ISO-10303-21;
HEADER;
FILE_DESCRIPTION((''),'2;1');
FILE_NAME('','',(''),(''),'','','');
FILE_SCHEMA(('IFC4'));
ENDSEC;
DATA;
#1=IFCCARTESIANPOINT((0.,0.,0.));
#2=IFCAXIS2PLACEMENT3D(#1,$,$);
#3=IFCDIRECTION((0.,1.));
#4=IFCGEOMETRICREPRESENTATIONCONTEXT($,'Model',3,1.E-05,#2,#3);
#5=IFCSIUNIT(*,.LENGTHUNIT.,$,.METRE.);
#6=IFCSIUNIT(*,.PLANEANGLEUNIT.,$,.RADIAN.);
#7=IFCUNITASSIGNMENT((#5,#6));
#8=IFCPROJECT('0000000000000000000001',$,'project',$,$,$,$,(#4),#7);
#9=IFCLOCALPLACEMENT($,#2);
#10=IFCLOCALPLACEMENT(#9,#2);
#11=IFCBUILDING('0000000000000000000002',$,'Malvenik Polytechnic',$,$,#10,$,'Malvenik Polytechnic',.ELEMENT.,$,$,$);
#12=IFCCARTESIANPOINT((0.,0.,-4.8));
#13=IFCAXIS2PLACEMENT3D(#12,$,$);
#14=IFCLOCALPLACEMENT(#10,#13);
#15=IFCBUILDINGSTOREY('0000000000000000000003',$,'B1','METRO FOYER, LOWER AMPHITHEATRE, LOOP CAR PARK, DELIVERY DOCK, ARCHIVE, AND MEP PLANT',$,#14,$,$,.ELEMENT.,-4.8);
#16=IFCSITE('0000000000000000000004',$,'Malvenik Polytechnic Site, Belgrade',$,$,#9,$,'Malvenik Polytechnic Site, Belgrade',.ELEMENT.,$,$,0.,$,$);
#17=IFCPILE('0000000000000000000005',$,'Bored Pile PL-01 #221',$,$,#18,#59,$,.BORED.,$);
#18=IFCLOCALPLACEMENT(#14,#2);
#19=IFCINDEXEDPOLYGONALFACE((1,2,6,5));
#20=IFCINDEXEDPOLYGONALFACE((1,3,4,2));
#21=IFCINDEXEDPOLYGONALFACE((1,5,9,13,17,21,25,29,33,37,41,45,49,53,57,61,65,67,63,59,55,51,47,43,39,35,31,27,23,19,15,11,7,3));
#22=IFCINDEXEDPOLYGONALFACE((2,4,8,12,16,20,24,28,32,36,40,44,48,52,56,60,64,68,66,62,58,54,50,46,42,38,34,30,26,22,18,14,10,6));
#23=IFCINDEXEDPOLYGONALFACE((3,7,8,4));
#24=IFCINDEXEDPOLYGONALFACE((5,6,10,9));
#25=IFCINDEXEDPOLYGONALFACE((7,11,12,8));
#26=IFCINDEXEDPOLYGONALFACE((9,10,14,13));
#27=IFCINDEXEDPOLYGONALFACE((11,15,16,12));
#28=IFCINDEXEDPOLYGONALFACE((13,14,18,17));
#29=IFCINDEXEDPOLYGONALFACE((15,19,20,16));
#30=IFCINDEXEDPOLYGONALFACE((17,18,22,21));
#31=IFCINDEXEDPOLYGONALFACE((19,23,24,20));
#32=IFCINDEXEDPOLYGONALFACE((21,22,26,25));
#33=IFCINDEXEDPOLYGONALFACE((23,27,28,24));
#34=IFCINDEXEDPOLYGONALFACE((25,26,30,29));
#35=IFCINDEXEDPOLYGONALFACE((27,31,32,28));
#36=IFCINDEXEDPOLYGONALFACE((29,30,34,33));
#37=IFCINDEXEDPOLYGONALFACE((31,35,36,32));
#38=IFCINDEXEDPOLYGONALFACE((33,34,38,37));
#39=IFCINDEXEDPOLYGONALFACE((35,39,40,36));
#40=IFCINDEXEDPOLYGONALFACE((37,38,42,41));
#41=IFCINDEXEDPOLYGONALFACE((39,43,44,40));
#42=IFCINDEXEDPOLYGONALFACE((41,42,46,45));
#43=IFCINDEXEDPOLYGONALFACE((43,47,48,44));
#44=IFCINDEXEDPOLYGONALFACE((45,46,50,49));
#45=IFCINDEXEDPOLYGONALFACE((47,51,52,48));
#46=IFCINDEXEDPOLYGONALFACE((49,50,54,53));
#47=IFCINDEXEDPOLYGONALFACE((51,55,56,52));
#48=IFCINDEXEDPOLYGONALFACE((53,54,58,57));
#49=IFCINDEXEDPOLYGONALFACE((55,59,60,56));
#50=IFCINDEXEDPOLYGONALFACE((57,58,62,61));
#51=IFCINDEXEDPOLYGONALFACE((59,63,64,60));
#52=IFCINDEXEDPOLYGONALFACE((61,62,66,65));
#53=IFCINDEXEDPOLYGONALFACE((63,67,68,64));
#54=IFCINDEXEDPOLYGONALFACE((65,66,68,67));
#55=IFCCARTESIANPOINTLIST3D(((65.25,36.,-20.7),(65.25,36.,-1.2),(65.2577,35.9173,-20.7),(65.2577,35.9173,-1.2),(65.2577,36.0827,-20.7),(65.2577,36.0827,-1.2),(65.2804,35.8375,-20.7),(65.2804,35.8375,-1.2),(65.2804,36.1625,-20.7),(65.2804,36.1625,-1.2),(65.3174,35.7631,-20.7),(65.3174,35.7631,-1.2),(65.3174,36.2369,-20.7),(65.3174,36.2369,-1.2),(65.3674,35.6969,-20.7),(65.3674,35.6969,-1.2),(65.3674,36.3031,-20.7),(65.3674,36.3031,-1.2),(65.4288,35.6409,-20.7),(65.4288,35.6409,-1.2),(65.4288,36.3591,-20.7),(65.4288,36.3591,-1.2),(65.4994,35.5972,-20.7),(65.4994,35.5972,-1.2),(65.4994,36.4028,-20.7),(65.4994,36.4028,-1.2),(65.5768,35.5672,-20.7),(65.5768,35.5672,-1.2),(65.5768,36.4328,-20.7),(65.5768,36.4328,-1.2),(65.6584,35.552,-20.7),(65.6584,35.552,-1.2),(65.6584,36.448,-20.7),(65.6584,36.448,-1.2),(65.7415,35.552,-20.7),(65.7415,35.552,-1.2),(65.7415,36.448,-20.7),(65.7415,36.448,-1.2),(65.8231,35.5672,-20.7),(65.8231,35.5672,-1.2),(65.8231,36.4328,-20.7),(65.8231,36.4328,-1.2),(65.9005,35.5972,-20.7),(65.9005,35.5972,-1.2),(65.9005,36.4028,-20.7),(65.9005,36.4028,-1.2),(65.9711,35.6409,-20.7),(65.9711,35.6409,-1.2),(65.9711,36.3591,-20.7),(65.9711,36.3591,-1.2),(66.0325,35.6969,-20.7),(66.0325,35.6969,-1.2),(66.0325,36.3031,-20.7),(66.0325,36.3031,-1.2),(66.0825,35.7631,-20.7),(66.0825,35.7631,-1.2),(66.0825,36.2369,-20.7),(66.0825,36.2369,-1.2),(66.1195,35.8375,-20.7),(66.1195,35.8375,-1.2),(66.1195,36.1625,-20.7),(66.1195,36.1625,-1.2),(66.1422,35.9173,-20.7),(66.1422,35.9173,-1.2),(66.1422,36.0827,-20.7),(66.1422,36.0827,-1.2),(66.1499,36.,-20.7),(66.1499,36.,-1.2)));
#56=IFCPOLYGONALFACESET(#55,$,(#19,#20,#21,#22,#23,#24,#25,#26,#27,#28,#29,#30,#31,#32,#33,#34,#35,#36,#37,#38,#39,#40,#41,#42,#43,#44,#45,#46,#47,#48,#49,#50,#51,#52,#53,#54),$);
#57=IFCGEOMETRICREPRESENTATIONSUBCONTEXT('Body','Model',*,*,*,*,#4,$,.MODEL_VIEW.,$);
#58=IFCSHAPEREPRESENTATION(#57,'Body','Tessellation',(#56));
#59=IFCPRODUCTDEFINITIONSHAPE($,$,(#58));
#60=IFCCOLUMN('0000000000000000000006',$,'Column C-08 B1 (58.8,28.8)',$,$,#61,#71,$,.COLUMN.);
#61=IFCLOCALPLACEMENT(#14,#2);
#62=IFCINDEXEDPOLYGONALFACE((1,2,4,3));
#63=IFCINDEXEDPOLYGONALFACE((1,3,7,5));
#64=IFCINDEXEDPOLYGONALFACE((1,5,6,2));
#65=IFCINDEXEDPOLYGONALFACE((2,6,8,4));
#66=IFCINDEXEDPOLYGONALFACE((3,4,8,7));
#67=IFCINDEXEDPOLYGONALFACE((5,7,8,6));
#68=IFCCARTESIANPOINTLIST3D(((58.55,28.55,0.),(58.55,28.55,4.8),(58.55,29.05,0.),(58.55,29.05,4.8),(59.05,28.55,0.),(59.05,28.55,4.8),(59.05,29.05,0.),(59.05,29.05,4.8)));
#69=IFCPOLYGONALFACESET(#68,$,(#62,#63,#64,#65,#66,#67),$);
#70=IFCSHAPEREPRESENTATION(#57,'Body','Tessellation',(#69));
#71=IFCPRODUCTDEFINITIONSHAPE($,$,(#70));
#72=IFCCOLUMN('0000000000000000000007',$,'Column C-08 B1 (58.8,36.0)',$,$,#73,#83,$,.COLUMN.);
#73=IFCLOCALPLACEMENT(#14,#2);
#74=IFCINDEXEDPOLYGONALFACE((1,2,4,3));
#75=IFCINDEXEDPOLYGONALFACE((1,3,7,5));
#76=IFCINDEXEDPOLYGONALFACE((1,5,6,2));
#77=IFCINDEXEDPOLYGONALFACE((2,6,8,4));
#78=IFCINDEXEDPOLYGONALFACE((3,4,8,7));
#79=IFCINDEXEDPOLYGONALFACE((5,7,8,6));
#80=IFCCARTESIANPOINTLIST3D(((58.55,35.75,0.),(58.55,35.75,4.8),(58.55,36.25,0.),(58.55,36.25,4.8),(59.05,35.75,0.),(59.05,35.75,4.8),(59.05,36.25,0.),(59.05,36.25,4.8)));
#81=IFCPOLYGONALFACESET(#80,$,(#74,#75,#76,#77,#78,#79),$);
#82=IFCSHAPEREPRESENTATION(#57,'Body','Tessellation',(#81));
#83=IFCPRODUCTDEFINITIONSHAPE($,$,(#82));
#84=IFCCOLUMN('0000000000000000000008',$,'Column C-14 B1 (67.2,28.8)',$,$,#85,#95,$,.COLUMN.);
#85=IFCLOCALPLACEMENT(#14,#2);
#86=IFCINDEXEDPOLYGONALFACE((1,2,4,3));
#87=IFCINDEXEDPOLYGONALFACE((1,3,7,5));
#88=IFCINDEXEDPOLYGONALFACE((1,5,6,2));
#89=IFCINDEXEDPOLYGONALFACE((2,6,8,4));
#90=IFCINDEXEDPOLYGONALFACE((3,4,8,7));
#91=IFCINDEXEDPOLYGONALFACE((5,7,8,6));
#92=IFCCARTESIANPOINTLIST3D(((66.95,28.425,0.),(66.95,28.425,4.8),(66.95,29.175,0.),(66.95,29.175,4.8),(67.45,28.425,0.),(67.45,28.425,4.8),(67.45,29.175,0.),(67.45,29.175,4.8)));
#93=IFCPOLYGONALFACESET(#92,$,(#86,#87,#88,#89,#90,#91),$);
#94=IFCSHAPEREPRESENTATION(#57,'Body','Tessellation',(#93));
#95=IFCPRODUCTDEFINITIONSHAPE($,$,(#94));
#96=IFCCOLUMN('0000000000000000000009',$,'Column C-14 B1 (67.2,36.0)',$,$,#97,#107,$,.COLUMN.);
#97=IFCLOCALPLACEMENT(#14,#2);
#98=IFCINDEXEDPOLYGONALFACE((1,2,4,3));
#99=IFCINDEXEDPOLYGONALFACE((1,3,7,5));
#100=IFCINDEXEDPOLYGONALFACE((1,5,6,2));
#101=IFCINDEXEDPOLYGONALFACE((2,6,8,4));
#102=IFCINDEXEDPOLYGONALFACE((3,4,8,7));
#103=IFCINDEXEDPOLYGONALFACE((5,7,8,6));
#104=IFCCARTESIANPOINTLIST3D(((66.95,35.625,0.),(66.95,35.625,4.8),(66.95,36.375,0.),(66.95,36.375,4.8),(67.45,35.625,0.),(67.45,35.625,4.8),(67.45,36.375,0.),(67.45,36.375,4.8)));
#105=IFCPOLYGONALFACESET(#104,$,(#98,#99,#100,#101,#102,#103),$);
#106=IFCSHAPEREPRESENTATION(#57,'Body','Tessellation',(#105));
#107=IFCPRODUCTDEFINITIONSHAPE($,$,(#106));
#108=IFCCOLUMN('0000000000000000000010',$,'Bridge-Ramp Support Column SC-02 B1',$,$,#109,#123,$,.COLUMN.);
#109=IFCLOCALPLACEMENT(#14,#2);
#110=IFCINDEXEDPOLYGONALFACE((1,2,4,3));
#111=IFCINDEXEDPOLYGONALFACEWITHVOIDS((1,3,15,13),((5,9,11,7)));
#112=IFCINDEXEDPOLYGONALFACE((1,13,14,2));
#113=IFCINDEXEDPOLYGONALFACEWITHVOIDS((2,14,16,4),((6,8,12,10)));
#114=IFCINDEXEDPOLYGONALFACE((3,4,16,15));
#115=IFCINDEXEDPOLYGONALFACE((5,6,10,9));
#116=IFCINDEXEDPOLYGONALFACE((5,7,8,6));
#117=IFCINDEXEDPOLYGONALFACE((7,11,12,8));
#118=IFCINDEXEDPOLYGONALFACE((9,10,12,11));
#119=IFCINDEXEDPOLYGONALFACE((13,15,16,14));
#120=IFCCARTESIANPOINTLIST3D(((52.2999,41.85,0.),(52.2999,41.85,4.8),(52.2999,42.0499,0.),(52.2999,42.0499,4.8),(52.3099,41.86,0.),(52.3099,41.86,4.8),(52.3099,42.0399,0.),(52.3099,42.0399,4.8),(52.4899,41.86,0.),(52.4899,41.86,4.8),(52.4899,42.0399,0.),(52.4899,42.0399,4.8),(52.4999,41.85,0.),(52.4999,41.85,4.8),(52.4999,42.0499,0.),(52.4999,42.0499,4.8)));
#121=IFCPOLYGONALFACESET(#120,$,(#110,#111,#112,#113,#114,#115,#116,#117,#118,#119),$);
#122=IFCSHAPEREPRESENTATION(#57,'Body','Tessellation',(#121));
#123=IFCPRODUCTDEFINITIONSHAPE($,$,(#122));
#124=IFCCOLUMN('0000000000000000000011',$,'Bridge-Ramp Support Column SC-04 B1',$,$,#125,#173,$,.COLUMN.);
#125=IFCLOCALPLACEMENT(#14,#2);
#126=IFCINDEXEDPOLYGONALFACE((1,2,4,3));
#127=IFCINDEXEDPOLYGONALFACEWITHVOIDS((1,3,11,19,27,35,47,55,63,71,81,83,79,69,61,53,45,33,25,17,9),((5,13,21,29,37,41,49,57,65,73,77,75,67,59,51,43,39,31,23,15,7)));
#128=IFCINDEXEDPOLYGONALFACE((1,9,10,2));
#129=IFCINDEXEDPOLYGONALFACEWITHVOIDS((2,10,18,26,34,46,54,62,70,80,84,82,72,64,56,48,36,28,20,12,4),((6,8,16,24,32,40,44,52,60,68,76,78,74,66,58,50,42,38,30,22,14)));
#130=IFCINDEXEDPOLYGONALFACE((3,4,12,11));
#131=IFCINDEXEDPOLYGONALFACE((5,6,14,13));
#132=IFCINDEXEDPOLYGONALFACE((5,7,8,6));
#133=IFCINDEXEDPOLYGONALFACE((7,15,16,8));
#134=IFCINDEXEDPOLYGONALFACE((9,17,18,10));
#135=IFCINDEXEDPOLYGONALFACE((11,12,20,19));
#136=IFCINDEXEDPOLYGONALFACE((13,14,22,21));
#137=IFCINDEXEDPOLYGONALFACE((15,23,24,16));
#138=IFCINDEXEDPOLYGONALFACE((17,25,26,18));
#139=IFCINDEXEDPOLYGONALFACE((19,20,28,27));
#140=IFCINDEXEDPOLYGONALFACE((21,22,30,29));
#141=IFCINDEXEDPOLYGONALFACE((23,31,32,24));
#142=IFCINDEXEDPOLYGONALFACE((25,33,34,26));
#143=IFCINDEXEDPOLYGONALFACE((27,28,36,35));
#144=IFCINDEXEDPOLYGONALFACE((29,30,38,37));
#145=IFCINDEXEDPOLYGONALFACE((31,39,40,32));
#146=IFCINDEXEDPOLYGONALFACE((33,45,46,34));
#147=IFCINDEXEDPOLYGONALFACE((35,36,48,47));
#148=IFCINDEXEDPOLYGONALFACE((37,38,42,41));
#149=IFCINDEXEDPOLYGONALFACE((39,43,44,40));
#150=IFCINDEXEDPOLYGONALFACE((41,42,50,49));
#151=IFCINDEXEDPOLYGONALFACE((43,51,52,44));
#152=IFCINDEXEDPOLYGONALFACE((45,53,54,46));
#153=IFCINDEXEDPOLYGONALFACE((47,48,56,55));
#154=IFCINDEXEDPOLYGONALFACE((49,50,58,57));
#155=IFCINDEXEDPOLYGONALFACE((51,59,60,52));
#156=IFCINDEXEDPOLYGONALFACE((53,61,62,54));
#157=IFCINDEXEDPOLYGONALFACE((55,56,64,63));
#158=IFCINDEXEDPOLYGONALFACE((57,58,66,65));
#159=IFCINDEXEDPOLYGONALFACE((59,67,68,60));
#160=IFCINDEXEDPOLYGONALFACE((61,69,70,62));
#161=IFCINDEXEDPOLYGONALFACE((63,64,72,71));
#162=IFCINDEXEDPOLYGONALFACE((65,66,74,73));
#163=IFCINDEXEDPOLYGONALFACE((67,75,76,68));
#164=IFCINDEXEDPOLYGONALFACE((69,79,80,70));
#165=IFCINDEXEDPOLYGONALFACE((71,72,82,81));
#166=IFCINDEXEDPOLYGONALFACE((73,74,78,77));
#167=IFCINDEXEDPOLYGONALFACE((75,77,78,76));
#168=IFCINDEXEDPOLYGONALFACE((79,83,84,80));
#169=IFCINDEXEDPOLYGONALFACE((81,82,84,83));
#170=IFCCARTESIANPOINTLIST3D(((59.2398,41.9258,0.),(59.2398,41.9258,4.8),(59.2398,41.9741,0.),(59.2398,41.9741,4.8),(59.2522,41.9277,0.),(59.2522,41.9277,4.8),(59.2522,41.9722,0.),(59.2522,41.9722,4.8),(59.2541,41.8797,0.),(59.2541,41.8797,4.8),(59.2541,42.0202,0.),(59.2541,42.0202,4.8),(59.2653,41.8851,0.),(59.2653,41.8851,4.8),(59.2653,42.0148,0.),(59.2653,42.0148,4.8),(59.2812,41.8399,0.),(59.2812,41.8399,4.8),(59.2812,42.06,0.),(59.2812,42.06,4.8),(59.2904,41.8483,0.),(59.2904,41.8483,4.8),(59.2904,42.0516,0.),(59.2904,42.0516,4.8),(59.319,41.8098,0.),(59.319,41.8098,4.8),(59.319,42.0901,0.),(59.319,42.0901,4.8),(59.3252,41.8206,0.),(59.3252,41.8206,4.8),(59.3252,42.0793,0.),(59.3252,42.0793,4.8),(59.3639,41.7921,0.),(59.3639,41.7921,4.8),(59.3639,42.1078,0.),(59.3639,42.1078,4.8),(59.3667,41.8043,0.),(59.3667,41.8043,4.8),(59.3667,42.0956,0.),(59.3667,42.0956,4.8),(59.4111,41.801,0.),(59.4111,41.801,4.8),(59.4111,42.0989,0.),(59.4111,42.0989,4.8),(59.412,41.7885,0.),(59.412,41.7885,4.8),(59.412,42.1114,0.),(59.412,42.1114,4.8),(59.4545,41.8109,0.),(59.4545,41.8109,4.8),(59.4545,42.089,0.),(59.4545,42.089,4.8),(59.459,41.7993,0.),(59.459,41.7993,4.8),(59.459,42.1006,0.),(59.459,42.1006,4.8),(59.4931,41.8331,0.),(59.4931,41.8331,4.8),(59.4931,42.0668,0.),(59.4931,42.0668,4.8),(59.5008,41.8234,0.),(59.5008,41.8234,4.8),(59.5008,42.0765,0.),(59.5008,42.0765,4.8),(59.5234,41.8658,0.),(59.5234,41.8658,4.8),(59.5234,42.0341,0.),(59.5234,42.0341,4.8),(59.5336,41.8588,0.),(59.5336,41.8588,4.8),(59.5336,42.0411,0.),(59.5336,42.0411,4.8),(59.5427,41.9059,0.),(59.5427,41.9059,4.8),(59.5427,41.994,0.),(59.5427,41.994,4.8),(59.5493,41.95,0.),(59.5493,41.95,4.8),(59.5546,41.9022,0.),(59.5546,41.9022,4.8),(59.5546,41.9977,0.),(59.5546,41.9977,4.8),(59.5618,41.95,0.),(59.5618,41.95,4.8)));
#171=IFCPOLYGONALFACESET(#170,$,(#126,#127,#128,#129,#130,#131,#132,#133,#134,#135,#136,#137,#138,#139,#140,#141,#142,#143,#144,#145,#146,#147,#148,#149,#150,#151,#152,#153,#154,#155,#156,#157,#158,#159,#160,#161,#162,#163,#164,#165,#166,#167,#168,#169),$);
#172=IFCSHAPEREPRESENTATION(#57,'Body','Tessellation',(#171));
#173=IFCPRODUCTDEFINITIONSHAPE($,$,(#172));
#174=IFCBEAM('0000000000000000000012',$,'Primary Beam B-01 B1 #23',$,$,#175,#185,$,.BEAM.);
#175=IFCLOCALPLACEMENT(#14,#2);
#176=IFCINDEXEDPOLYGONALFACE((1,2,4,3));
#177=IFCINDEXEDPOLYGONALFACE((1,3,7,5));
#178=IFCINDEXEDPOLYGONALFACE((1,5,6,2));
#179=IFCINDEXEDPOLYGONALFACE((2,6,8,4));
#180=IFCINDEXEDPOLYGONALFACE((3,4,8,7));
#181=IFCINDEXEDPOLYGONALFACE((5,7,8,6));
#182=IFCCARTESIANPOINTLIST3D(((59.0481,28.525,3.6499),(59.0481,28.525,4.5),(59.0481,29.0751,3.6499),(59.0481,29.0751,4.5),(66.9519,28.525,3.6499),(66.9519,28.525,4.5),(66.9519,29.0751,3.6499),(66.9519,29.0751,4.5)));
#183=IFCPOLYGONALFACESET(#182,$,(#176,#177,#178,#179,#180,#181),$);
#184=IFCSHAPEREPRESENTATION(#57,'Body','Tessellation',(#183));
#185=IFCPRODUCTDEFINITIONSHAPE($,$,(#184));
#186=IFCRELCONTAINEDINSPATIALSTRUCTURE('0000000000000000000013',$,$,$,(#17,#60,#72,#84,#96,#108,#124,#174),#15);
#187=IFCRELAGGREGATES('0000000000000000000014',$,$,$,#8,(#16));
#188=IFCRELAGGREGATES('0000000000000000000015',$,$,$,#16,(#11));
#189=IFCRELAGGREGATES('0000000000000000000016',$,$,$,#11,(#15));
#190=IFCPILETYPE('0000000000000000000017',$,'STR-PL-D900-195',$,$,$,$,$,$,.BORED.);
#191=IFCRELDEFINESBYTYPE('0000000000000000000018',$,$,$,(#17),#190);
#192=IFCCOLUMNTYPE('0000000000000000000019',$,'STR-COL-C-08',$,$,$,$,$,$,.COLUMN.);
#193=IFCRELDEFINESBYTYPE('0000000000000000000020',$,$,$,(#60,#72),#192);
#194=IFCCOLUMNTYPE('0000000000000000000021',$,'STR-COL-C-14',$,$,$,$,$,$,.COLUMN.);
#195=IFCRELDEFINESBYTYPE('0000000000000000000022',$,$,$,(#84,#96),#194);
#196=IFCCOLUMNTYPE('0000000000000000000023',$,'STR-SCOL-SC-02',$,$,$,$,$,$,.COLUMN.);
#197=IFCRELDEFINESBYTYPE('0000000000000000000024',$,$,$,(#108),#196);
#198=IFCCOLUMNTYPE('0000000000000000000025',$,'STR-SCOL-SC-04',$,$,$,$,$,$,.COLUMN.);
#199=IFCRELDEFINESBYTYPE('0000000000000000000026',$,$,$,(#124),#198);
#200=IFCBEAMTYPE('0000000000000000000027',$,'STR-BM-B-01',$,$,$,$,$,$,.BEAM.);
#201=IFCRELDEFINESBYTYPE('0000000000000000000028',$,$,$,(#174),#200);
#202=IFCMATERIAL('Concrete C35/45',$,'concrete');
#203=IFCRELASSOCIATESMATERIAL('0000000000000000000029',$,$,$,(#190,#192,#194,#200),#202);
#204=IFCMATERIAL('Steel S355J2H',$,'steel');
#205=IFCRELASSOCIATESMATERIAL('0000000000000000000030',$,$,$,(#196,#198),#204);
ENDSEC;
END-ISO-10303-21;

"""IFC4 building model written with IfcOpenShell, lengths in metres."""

from ifc_helpers import new_model, si_unit, direction, frame, origin, origin_2d, place, context, subcontext, project, spatial, rectangle, hollow_rectangle, circle, hollow_circle, extrude, material, material_profile, profile_set, type_object, element, save


model = new_model("IFC4")

# Units and contexts
model_context = context("Model", 3, precision=1e-05, world=origin(), true_north=direction((0.0, 1.0)))
body_context = subcontext(model_context, "Body", "Model", "MODEL_VIEW")
ifc_project = project(units=[si_unit("LENGTHUNIT", "METRE"), si_unit("PLANEANGLEUNIT", "RADIAN")], contexts=[model_context])

# Site, building, storey
site_placement = place(None, origin())
site = spatial("IfcSite", under=ifc_project, at=site_placement, Name="Malvenik Polytechnic Site, Belgrade", LongName="Malvenik Polytechnic Site, Belgrade", CompositionType="ELEMENT", RefElevation=0.0)
building_placement = place(site_placement, origin())
building = spatial("IfcBuilding", under=site, at=building_placement, Name="Malvenik Polytechnic", LongName="Malvenik Polytechnic", CompositionType="ELEMENT")
storey_placement = place(building_placement, frame((0.0, 0.0, -4.8)))
storey = spatial("IfcBuildingStorey", under=building, at=storey_placement, Name="B1", Description="METRO FOYER, LOWER AMPHITHEATRE, LOOP CAR PARK, DELIVERY DOCK, ARCHIVE, AND MEP PLANT", CompositionType="ELEMENT", Elevation=-4.8)

# Shared definitions
ifc_material_1 = material(Name="Concrete C35/45", Category="concrete")

# Pile
ifc_material_profile_1 = material_profile(ifc_material_1, circle(Radius=0.45, at=origin_2d()), Name="BORED PILE D900")
ifc_profile_set_1 = profile_set([ifc_material_profile_1], Name="Concrete C35/45")
pile_type = type_object("IfcPileType", Name="STR-PL-D900-195", PredefinedType="BORED", material=ifc_profile_set_1)
for number, where, z_axis, x_axis, name in (
    (1, (65.7, 36.0, -1.2), (0.0, 0.0, -1.0), (1.0, 0.0, 0.0), "Bored Pile PL-01 #221"),
):
    element("IfcPile", number, at=place(storey_placement, frame(where, z_axis=z_axis, x_axis=x_axis)), inside=storey, type_object=pile_type, Name=name, PredefinedType="BORED", context=body_context, shape_type="SweptSolid", body=[
        extrude(circle(Radius=0.45, at=origin_2d()), origin(), (0.0, 0.0, 1.0), 19.5),
    ])

# Columns
ifc_material_profile_2 = material_profile(ifc_material_1, rectangle(XDim=0.5, YDim=0.5, at=origin_2d()), Name="RC COL 500x500")
ifc_profile_set_2 = profile_set([ifc_material_profile_2], Name="Concrete C35/45")
column_type_1 = type_object("IfcColumnType", Name="STR-COL-C-08", PredefinedType="COLUMN", material=ifc_profile_set_2)
for number, where, z_axis, x_axis, name in (
    (2, (58.8, 28.8, 0.0), (0.0, 0.0, 1.0), (1.0, 0.0, 0.0), "Column C-08 B1 (58.8,28.8)"),
    (3, (58.8, 36.0, 0.0), (0.0, 0.0, 1.0), (1.0, 0.0, 0.0), "Column C-08 B1 (58.8,36.0)"),
):
    element("IfcColumn", number, at=place(storey_placement, frame(where, z_axis=z_axis, x_axis=x_axis)), inside=storey, type_object=column_type_1, Name=name, PredefinedType="COLUMN", context=body_context, shape_type="SweptSolid", body=[
        extrude(rectangle(XDim=0.5, YDim=0.5, at=origin_2d()), origin(), (0.0, 0.0, 1.0), 4.8),
    ])
ifc_material_profile_3 = material_profile(ifc_material_1, rectangle(XDim=0.5, YDim=0.75, at=origin_2d()), Name="RC COL 750x500")
ifc_profile_set_3 = profile_set([ifc_material_profile_3], Name="Concrete C35/45")
column_type_2 = type_object("IfcColumnType", Name="STR-COL-C-14", PredefinedType="COLUMN", material=ifc_profile_set_3)
for number, where, z_axis, x_axis, name in (
    (4, (67.2, 28.8, 0.0), (0.0, 0.0, 1.0), (1.0, 0.0, 0.0), "Column C-14 B1 (67.2,28.8)"),
    (5, (67.2, 36.0, 0.0), (0.0, 0.0, 1.0), (1.0, 0.0, 0.0), "Column C-14 B1 (67.2,36.0)"),
):
    element("IfcColumn", number, at=place(storey_placement, frame(where, z_axis=z_axis, x_axis=x_axis)), inside=storey, type_object=column_type_2, Name=name, PredefinedType="COLUMN", context=body_context, shape_type="SweptSolid", body=[
        extrude(rectangle(XDim=0.5, YDim=0.75, at=origin_2d()), origin(), (0.0, 0.0, 1.0), 4.8),
    ])
ifc_material_2 = material(Name="Steel S355J2H", Category="steel")
ifc_material_profile_4 = material_profile(ifc_material_2, hollow_rectangle(XDim=0.2, YDim=0.2, WallThickness=0.01, at=origin_2d()), Name="SHS 200x200x10.0")
ifc_profile_set_4 = profile_set([ifc_material_profile_4], Name="Steel S355J2H")
column_type_3 = type_object("IfcColumnType", Name="STR-SCOL-SC-02", PredefinedType="COLUMN", material=ifc_profile_set_4)
column_1_placement = place(storey_placement, frame((52.3999, 41.95, 0.0), z_axis=(0.0, 0.0, 1.0), x_axis=(1.0, 0.0, 0.0)))
element("IfcColumn", 6, at=column_1_placement, inside=storey, type_object=column_type_3, Name="Bridge-Ramp Support Column SC-02 B1", PredefinedType="COLUMN", context=body_context, shape_type="SweptSolid", body=[
    extrude(hollow_rectangle(XDim=0.2, YDim=0.2, WallThickness=0.01, at=origin_2d()), origin(), (0.0, 0.0, 1.0), 4.8),
])
ifc_material_profile_5 = material_profile(ifc_material_2, hollow_circle(Radius=0.1619, WallThickness=0.0125, at=origin_2d()), Name="CHS 323.9x12.5")
ifc_profile_set_5 = profile_set([ifc_material_profile_5], Name="Steel S355J2H")
column_type_4 = type_object("IfcColumnType", Name="STR-SCOL-SC-04", PredefinedType="COLUMN", material=ifc_profile_set_5)
column_2_placement = place(storey_placement, frame((59.3999, 41.95, 0.0), z_axis=(0.0, 0.0, 1.0), x_axis=(1.0, 0.0, 0.0)))
element("IfcColumn", 7, at=column_2_placement, inside=storey, type_object=column_type_4, Name="Bridge-Ramp Support Column SC-04 B1", PredefinedType="COLUMN", context=body_context, shape_type="SweptSolid", body=[
    extrude(hollow_circle(Radius=0.1619, WallThickness=0.0125, at=origin_2d()), origin(), (0.0, 0.0, 1.0), 4.8),
])

# Beam
ifc_material_profile_6 = material_profile(ifc_material_1, rectangle(XDim=0.55, YDim=0.8501, at=origin_2d()), Name="RC BM 550x850")
ifc_profile_set_6 = profile_set([ifc_material_profile_6], Name="Concrete C35/45")
beam_type_1 = type_object("IfcBeamType", Name="STR-BM-B-01", PredefinedType="BEAM", material=ifc_profile_set_6)
for number, where, z_axis, x_axis, name in (
    (8, (59.0481, 28.8, 4.075), (1.0, 0.0, 0.0), (0.0, 1.0, 0.0), "Primary Beam B-01 B1 #23"),
):
    element("IfcBeam", number, at=place(storey_placement, frame(where, z_axis=z_axis, x_axis=x_axis)), inside=storey, type_object=beam_type_1, Name=name, PredefinedType="BEAM", context=body_context, shape_type="SweptSolid", body=[
        extrude(rectangle(XDim=0.55, YDim=0.8501, at=origin_2d()), origin(), (0.0, 0.0, 1.0), 7.9038),
    ])

save(model, "model.ifc")
